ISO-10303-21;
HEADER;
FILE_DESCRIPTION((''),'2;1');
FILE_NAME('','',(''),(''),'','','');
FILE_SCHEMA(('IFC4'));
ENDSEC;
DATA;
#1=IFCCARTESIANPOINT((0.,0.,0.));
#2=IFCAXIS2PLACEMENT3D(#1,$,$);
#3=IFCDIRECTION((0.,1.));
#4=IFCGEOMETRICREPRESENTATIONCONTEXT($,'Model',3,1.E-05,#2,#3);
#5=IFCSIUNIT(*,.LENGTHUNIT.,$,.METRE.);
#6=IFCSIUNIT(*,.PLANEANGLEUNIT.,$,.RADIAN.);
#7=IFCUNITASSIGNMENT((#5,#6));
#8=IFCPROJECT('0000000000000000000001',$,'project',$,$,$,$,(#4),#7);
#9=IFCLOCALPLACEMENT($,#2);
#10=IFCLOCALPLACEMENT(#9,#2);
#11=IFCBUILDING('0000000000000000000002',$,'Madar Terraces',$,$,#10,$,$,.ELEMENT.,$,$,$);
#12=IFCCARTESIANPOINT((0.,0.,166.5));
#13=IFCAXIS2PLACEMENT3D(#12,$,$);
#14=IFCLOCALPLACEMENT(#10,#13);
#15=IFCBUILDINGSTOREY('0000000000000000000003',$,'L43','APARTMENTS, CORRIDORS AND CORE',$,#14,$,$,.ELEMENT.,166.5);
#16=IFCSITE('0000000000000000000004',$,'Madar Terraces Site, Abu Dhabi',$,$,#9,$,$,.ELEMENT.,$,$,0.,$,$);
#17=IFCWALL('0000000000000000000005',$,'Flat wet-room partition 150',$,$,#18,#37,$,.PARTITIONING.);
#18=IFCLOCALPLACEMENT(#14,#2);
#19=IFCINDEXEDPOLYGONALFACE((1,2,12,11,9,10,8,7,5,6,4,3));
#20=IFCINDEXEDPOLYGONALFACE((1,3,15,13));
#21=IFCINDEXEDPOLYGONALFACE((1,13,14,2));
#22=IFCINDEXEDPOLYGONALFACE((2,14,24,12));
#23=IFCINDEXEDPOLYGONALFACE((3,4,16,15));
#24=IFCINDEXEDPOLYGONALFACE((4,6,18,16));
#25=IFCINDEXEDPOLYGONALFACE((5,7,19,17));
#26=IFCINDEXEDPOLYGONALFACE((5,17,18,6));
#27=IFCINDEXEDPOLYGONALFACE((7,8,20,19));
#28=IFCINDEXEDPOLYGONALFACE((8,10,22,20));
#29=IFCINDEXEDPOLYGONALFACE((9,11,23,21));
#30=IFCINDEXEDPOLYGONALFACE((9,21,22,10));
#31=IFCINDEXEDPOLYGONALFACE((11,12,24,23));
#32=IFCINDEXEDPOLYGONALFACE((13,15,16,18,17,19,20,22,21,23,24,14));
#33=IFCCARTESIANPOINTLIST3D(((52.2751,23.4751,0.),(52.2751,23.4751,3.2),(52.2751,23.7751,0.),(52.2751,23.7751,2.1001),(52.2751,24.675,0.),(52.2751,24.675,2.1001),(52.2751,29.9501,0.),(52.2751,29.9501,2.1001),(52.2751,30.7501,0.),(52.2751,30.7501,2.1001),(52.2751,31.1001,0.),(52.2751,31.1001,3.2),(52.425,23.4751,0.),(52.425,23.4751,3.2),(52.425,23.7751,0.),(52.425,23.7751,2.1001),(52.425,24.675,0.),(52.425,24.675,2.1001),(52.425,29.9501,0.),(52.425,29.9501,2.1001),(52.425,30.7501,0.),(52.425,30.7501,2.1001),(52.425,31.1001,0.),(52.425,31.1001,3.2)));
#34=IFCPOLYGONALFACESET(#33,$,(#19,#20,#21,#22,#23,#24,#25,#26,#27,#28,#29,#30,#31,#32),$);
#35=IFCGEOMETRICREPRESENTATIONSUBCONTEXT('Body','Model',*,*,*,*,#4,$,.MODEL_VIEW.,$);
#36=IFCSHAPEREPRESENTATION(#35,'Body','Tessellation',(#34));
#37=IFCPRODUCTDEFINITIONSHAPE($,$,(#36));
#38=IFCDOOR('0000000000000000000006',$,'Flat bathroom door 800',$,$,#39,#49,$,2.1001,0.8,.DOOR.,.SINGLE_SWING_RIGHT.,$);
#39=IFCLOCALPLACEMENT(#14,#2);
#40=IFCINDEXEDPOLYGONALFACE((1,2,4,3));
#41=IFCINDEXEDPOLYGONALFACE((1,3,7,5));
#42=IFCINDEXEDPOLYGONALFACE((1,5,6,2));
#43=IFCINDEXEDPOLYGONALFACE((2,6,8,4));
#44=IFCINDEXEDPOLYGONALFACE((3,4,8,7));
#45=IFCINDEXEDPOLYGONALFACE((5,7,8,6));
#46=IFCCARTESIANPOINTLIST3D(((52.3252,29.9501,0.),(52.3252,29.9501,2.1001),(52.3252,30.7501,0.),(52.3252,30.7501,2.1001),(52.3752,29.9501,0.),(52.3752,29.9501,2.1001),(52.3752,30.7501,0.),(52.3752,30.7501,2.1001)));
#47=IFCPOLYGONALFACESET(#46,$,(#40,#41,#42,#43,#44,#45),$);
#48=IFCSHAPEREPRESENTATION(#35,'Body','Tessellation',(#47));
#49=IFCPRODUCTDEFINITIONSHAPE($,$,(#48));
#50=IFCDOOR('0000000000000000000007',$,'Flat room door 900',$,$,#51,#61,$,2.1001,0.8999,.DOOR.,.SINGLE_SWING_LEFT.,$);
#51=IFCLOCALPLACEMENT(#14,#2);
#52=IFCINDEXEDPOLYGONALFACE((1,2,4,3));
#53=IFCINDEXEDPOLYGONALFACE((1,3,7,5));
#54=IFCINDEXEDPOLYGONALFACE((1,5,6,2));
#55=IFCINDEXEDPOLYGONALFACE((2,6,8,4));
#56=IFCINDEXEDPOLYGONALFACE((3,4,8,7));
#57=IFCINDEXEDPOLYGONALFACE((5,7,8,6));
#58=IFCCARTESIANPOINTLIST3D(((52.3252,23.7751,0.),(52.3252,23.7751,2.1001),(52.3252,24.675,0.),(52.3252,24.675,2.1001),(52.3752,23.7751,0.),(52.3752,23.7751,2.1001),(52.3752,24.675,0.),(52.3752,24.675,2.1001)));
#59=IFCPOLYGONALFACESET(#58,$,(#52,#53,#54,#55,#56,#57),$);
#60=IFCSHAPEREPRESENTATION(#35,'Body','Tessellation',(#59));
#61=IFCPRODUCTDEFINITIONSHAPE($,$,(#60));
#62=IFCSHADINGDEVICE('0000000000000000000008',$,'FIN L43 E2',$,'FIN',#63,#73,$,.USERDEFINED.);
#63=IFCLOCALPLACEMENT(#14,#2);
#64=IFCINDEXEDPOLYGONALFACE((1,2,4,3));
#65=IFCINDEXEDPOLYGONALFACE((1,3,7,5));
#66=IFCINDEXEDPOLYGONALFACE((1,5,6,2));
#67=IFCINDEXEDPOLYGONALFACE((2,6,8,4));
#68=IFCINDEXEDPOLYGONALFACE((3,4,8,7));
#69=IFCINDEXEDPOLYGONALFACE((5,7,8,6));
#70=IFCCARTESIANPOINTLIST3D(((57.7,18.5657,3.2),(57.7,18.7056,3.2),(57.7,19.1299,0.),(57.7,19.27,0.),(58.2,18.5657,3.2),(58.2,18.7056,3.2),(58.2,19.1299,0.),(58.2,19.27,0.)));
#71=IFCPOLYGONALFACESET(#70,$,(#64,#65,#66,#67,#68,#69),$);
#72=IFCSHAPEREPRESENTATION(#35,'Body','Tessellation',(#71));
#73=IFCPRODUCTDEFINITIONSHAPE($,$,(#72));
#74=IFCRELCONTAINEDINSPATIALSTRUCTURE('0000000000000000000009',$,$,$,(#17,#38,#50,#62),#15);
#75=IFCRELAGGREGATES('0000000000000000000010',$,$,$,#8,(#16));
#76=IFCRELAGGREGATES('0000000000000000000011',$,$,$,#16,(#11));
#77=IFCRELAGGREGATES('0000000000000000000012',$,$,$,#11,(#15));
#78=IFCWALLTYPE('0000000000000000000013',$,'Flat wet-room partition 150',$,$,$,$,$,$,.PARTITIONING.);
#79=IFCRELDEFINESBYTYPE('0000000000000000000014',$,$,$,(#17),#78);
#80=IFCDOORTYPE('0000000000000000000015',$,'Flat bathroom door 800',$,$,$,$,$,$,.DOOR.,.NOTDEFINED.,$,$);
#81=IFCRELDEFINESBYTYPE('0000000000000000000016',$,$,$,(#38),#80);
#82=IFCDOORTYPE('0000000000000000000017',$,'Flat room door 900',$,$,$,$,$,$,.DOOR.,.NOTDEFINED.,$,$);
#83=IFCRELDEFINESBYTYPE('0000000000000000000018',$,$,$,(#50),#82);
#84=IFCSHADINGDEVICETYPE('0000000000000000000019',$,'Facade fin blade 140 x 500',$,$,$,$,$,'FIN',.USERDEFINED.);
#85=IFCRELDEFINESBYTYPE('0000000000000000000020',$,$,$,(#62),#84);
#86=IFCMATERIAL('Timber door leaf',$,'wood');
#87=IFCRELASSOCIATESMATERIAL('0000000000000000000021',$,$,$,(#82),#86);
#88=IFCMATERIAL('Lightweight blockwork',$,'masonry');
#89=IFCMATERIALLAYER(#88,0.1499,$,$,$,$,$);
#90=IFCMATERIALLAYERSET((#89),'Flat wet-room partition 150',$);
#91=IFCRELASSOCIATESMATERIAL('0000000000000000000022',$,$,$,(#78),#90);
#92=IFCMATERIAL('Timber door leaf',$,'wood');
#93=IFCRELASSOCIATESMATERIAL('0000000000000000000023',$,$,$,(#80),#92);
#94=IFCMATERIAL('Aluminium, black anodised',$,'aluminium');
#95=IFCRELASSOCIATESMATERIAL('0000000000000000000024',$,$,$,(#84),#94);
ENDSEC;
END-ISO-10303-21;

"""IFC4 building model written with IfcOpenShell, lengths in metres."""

from ifc_helpers import new_model, si_unit, direction, frame, frame_2d, origin, place, context, subcontext, project, spatial, polyline, rectangle, outline, extrude, material, layer, layer_set, type_object, element, fill, save


model = new_model("IFC4")

# Units and contexts
model_context = context("Model", 3, precision=1e-05, world=origin(), true_north=direction((0.0, 1.0)))
body_context = subcontext(model_context, "Body", "Model", "MODEL_VIEW")
ifc_project = project(units=[si_unit("LENGTHUNIT", "METRE"), si_unit("PLANEANGLEUNIT", "RADIAN")], contexts=[model_context])

# Site, building, storey
site_placement = place(None, origin())
site = spatial("IfcSite", under=ifc_project, at=site_placement, Name="Madar Terraces Site, Abu Dhabi", CompositionType="ELEMENT", RefElevation=0.0)
building_placement = place(site_placement, origin())
building = spatial("IfcBuilding", under=site, at=building_placement, Name="Madar Terraces", CompositionType="ELEMENT")
storey_placement = place(building_placement, frame((0.0, 0.0, 166.5)))
storey = spatial("IfcBuildingStorey", under=building, at=storey_placement, Name="L43", Description="APARTMENTS, CORRIDORS AND CORE", CompositionType="ELEMENT", Elevation=166.5)

# Shared definitions
ifc_material_1 = material(Name="Timber door leaf", Category="wood")
door_type_1 = type_object("IfcDoorType", Name="Flat room door 900", OperationType="NOTDEFINED", PredefinedType="DOOR", material=ifc_material_1)

# Shared definitions
ifc_material_2 = material(Name="Lightweight blockwork", Category="masonry")
ifc_layer_1 = layer(ifc_material_2, 0.1499)
ifc_layer_set_1 = layer_set([ifc_layer_1], Name="Flat wet-room partition 150")
wall_type_1 = type_object("IfcWallType", Name="Flat wet-room partition 150", PredefinedType="PARTITIONING", material=ifc_layer_set_1)

# Wall, openings, doors
wall_1_placement = place(storey_placement, frame((52.3501, 23.4751, 0.0), z_axis=(0.0, 0.0, 1.0), x_axis=(0.0, 1.0, 0.0)))
wall_1 = element("IfcWall", 1, at=wall_1_placement, inside=storey, type_object=wall_type_1, Name="Flat wet-room partition 150", PredefinedType="PARTITIONING", context=body_context, shape_type="SweptSolid", body=[
    extrude(rectangle(XDim=7.625, YDim=0.1499, at=frame_2d((3.8125, 0.0))), origin(), (0.0, 0.0, 1.0), 3.2),
])
opening_1_placement = place(wall_1_placement, frame((0.3, 0.0, 0.0)))
opening_1 = element("IfcOpeningElement", 2, at=opening_1_placement, cuts=wall_1, PredefinedType="OPENING", context=body_context, shape_type="SweptSolid", body=[
    extrude(rectangle(XDim=0.8999, YDim=2.1001, at=frame_2d((0.45, 1.05))), frame((0.0, 0.085, 0.0), z_axis=(0.0, -1.0, 0.0), x_axis=(1.0, 0.0, 0.0)), (0.0, 0.0, 1.0), 0.1699),
])
opening_2_placement = place(wall_1_placement, frame((6.4751, 0.0, 0.0)))
opening_2 = element("IfcOpeningElement", 3, at=opening_2_placement, cuts=wall_1, PredefinedType="OPENING", context=body_context, shape_type="SweptSolid", body=[
    extrude(rectangle(XDim=0.8, YDim=2.1001, at=frame_2d((0.3999, 1.05))), frame((0.0, 0.085, 0.0), z_axis=(0.0, -1.0, 0.0), x_axis=(1.0, 0.0, 0.0)), (0.0, 0.0, 1.0), 0.1699),
])
ifc_material_3 = material(Name="Timber door leaf", Category="wood")
door_type_2 = type_object("IfcDoorType", Name="Flat bathroom door 800", OperationType="NOTDEFINED", PredefinedType="DOOR", material=ifc_material_3)
door_1_placement = place(opening_2_placement, origin())
door_1 = element("IfcDoor", 4, at=door_1_placement, inside=storey, type_object=door_type_2, Name="Flat bathroom door 800", OperationType="SINGLE_SWING_RIGHT", OverallHeight=2.1001, OverallWidth=0.8, PredefinedType="DOOR", context=body_context, shape_type="SweptSolid", body=[
    extrude(rectangle(XDim=0.8, YDim=2.1001, at=frame_2d((0.3999, 1.05))), frame((0.0, 0.0249, 0.0), z_axis=(0.0, -1.0, 0.0), x_axis=(1.0, 0.0, 0.0)), (0.0, 0.0, 1.0), 0.05),
])
fill(opening_2, door_1)
door_2_placement = place(opening_1_placement, origin())
door_2 = element("IfcDoor", 5, at=door_2_placement, inside=storey, type_object=door_type_1, Name="Flat room door 900", OperationType="SINGLE_SWING_LEFT", OverallHeight=2.1001, OverallWidth=0.8999, PredefinedType="DOOR", context=body_context, shape_type="SweptSolid", body=[
    extrude(rectangle(XDim=0.8999, YDim=2.1001, at=frame_2d((0.45, 1.05))), frame((0.0, 0.0249, 0.0), z_axis=(0.0, -1.0, 0.0), x_axis=(1.0, 0.0, 0.0)), (0.0, 0.0, 1.0), 0.05),
])
fill(opening_1, door_2)

# Shading device
ifc_material_4 = material(Name="Aluminium, black anodised", Category="aluminium")
shading_device_type = type_object("IfcShadingDeviceType", Name="Facade fin blade 140 x 500", ElementType="FIN", PredefinedType="USERDEFINED", material=ifc_material_4)
shading_device_placement = place(storey_placement, frame((57.95, 19.1299, 0.0), z_axis=(0.0, 0.0, 1.0), x_axis=(0.0, 1.0, 0.0)))
element("IfcShadingDevice", 6, at=shading_device_placement, inside=storey, type_object=shading_device_type, Name="FIN L43 E2", ObjectType="FIN", PredefinedType="USERDEFINED", context=body_context, shape_type="SweptSolid", body=[
    extrude(outline(polyline([(0.0, 0.0), (0.1401, 0.0), (-0.4243, 3.2), (-0.5642, 3.2), (0.0, 0.0)])), frame((0.0, 0.25, 0.0), z_axis=(0.0, -1.0, 0.0), x_axis=(1.0, 0.0, 0.0)), (0.0, 0.0, 1.0), 0.5),
])

save(model, "model.ifc")
